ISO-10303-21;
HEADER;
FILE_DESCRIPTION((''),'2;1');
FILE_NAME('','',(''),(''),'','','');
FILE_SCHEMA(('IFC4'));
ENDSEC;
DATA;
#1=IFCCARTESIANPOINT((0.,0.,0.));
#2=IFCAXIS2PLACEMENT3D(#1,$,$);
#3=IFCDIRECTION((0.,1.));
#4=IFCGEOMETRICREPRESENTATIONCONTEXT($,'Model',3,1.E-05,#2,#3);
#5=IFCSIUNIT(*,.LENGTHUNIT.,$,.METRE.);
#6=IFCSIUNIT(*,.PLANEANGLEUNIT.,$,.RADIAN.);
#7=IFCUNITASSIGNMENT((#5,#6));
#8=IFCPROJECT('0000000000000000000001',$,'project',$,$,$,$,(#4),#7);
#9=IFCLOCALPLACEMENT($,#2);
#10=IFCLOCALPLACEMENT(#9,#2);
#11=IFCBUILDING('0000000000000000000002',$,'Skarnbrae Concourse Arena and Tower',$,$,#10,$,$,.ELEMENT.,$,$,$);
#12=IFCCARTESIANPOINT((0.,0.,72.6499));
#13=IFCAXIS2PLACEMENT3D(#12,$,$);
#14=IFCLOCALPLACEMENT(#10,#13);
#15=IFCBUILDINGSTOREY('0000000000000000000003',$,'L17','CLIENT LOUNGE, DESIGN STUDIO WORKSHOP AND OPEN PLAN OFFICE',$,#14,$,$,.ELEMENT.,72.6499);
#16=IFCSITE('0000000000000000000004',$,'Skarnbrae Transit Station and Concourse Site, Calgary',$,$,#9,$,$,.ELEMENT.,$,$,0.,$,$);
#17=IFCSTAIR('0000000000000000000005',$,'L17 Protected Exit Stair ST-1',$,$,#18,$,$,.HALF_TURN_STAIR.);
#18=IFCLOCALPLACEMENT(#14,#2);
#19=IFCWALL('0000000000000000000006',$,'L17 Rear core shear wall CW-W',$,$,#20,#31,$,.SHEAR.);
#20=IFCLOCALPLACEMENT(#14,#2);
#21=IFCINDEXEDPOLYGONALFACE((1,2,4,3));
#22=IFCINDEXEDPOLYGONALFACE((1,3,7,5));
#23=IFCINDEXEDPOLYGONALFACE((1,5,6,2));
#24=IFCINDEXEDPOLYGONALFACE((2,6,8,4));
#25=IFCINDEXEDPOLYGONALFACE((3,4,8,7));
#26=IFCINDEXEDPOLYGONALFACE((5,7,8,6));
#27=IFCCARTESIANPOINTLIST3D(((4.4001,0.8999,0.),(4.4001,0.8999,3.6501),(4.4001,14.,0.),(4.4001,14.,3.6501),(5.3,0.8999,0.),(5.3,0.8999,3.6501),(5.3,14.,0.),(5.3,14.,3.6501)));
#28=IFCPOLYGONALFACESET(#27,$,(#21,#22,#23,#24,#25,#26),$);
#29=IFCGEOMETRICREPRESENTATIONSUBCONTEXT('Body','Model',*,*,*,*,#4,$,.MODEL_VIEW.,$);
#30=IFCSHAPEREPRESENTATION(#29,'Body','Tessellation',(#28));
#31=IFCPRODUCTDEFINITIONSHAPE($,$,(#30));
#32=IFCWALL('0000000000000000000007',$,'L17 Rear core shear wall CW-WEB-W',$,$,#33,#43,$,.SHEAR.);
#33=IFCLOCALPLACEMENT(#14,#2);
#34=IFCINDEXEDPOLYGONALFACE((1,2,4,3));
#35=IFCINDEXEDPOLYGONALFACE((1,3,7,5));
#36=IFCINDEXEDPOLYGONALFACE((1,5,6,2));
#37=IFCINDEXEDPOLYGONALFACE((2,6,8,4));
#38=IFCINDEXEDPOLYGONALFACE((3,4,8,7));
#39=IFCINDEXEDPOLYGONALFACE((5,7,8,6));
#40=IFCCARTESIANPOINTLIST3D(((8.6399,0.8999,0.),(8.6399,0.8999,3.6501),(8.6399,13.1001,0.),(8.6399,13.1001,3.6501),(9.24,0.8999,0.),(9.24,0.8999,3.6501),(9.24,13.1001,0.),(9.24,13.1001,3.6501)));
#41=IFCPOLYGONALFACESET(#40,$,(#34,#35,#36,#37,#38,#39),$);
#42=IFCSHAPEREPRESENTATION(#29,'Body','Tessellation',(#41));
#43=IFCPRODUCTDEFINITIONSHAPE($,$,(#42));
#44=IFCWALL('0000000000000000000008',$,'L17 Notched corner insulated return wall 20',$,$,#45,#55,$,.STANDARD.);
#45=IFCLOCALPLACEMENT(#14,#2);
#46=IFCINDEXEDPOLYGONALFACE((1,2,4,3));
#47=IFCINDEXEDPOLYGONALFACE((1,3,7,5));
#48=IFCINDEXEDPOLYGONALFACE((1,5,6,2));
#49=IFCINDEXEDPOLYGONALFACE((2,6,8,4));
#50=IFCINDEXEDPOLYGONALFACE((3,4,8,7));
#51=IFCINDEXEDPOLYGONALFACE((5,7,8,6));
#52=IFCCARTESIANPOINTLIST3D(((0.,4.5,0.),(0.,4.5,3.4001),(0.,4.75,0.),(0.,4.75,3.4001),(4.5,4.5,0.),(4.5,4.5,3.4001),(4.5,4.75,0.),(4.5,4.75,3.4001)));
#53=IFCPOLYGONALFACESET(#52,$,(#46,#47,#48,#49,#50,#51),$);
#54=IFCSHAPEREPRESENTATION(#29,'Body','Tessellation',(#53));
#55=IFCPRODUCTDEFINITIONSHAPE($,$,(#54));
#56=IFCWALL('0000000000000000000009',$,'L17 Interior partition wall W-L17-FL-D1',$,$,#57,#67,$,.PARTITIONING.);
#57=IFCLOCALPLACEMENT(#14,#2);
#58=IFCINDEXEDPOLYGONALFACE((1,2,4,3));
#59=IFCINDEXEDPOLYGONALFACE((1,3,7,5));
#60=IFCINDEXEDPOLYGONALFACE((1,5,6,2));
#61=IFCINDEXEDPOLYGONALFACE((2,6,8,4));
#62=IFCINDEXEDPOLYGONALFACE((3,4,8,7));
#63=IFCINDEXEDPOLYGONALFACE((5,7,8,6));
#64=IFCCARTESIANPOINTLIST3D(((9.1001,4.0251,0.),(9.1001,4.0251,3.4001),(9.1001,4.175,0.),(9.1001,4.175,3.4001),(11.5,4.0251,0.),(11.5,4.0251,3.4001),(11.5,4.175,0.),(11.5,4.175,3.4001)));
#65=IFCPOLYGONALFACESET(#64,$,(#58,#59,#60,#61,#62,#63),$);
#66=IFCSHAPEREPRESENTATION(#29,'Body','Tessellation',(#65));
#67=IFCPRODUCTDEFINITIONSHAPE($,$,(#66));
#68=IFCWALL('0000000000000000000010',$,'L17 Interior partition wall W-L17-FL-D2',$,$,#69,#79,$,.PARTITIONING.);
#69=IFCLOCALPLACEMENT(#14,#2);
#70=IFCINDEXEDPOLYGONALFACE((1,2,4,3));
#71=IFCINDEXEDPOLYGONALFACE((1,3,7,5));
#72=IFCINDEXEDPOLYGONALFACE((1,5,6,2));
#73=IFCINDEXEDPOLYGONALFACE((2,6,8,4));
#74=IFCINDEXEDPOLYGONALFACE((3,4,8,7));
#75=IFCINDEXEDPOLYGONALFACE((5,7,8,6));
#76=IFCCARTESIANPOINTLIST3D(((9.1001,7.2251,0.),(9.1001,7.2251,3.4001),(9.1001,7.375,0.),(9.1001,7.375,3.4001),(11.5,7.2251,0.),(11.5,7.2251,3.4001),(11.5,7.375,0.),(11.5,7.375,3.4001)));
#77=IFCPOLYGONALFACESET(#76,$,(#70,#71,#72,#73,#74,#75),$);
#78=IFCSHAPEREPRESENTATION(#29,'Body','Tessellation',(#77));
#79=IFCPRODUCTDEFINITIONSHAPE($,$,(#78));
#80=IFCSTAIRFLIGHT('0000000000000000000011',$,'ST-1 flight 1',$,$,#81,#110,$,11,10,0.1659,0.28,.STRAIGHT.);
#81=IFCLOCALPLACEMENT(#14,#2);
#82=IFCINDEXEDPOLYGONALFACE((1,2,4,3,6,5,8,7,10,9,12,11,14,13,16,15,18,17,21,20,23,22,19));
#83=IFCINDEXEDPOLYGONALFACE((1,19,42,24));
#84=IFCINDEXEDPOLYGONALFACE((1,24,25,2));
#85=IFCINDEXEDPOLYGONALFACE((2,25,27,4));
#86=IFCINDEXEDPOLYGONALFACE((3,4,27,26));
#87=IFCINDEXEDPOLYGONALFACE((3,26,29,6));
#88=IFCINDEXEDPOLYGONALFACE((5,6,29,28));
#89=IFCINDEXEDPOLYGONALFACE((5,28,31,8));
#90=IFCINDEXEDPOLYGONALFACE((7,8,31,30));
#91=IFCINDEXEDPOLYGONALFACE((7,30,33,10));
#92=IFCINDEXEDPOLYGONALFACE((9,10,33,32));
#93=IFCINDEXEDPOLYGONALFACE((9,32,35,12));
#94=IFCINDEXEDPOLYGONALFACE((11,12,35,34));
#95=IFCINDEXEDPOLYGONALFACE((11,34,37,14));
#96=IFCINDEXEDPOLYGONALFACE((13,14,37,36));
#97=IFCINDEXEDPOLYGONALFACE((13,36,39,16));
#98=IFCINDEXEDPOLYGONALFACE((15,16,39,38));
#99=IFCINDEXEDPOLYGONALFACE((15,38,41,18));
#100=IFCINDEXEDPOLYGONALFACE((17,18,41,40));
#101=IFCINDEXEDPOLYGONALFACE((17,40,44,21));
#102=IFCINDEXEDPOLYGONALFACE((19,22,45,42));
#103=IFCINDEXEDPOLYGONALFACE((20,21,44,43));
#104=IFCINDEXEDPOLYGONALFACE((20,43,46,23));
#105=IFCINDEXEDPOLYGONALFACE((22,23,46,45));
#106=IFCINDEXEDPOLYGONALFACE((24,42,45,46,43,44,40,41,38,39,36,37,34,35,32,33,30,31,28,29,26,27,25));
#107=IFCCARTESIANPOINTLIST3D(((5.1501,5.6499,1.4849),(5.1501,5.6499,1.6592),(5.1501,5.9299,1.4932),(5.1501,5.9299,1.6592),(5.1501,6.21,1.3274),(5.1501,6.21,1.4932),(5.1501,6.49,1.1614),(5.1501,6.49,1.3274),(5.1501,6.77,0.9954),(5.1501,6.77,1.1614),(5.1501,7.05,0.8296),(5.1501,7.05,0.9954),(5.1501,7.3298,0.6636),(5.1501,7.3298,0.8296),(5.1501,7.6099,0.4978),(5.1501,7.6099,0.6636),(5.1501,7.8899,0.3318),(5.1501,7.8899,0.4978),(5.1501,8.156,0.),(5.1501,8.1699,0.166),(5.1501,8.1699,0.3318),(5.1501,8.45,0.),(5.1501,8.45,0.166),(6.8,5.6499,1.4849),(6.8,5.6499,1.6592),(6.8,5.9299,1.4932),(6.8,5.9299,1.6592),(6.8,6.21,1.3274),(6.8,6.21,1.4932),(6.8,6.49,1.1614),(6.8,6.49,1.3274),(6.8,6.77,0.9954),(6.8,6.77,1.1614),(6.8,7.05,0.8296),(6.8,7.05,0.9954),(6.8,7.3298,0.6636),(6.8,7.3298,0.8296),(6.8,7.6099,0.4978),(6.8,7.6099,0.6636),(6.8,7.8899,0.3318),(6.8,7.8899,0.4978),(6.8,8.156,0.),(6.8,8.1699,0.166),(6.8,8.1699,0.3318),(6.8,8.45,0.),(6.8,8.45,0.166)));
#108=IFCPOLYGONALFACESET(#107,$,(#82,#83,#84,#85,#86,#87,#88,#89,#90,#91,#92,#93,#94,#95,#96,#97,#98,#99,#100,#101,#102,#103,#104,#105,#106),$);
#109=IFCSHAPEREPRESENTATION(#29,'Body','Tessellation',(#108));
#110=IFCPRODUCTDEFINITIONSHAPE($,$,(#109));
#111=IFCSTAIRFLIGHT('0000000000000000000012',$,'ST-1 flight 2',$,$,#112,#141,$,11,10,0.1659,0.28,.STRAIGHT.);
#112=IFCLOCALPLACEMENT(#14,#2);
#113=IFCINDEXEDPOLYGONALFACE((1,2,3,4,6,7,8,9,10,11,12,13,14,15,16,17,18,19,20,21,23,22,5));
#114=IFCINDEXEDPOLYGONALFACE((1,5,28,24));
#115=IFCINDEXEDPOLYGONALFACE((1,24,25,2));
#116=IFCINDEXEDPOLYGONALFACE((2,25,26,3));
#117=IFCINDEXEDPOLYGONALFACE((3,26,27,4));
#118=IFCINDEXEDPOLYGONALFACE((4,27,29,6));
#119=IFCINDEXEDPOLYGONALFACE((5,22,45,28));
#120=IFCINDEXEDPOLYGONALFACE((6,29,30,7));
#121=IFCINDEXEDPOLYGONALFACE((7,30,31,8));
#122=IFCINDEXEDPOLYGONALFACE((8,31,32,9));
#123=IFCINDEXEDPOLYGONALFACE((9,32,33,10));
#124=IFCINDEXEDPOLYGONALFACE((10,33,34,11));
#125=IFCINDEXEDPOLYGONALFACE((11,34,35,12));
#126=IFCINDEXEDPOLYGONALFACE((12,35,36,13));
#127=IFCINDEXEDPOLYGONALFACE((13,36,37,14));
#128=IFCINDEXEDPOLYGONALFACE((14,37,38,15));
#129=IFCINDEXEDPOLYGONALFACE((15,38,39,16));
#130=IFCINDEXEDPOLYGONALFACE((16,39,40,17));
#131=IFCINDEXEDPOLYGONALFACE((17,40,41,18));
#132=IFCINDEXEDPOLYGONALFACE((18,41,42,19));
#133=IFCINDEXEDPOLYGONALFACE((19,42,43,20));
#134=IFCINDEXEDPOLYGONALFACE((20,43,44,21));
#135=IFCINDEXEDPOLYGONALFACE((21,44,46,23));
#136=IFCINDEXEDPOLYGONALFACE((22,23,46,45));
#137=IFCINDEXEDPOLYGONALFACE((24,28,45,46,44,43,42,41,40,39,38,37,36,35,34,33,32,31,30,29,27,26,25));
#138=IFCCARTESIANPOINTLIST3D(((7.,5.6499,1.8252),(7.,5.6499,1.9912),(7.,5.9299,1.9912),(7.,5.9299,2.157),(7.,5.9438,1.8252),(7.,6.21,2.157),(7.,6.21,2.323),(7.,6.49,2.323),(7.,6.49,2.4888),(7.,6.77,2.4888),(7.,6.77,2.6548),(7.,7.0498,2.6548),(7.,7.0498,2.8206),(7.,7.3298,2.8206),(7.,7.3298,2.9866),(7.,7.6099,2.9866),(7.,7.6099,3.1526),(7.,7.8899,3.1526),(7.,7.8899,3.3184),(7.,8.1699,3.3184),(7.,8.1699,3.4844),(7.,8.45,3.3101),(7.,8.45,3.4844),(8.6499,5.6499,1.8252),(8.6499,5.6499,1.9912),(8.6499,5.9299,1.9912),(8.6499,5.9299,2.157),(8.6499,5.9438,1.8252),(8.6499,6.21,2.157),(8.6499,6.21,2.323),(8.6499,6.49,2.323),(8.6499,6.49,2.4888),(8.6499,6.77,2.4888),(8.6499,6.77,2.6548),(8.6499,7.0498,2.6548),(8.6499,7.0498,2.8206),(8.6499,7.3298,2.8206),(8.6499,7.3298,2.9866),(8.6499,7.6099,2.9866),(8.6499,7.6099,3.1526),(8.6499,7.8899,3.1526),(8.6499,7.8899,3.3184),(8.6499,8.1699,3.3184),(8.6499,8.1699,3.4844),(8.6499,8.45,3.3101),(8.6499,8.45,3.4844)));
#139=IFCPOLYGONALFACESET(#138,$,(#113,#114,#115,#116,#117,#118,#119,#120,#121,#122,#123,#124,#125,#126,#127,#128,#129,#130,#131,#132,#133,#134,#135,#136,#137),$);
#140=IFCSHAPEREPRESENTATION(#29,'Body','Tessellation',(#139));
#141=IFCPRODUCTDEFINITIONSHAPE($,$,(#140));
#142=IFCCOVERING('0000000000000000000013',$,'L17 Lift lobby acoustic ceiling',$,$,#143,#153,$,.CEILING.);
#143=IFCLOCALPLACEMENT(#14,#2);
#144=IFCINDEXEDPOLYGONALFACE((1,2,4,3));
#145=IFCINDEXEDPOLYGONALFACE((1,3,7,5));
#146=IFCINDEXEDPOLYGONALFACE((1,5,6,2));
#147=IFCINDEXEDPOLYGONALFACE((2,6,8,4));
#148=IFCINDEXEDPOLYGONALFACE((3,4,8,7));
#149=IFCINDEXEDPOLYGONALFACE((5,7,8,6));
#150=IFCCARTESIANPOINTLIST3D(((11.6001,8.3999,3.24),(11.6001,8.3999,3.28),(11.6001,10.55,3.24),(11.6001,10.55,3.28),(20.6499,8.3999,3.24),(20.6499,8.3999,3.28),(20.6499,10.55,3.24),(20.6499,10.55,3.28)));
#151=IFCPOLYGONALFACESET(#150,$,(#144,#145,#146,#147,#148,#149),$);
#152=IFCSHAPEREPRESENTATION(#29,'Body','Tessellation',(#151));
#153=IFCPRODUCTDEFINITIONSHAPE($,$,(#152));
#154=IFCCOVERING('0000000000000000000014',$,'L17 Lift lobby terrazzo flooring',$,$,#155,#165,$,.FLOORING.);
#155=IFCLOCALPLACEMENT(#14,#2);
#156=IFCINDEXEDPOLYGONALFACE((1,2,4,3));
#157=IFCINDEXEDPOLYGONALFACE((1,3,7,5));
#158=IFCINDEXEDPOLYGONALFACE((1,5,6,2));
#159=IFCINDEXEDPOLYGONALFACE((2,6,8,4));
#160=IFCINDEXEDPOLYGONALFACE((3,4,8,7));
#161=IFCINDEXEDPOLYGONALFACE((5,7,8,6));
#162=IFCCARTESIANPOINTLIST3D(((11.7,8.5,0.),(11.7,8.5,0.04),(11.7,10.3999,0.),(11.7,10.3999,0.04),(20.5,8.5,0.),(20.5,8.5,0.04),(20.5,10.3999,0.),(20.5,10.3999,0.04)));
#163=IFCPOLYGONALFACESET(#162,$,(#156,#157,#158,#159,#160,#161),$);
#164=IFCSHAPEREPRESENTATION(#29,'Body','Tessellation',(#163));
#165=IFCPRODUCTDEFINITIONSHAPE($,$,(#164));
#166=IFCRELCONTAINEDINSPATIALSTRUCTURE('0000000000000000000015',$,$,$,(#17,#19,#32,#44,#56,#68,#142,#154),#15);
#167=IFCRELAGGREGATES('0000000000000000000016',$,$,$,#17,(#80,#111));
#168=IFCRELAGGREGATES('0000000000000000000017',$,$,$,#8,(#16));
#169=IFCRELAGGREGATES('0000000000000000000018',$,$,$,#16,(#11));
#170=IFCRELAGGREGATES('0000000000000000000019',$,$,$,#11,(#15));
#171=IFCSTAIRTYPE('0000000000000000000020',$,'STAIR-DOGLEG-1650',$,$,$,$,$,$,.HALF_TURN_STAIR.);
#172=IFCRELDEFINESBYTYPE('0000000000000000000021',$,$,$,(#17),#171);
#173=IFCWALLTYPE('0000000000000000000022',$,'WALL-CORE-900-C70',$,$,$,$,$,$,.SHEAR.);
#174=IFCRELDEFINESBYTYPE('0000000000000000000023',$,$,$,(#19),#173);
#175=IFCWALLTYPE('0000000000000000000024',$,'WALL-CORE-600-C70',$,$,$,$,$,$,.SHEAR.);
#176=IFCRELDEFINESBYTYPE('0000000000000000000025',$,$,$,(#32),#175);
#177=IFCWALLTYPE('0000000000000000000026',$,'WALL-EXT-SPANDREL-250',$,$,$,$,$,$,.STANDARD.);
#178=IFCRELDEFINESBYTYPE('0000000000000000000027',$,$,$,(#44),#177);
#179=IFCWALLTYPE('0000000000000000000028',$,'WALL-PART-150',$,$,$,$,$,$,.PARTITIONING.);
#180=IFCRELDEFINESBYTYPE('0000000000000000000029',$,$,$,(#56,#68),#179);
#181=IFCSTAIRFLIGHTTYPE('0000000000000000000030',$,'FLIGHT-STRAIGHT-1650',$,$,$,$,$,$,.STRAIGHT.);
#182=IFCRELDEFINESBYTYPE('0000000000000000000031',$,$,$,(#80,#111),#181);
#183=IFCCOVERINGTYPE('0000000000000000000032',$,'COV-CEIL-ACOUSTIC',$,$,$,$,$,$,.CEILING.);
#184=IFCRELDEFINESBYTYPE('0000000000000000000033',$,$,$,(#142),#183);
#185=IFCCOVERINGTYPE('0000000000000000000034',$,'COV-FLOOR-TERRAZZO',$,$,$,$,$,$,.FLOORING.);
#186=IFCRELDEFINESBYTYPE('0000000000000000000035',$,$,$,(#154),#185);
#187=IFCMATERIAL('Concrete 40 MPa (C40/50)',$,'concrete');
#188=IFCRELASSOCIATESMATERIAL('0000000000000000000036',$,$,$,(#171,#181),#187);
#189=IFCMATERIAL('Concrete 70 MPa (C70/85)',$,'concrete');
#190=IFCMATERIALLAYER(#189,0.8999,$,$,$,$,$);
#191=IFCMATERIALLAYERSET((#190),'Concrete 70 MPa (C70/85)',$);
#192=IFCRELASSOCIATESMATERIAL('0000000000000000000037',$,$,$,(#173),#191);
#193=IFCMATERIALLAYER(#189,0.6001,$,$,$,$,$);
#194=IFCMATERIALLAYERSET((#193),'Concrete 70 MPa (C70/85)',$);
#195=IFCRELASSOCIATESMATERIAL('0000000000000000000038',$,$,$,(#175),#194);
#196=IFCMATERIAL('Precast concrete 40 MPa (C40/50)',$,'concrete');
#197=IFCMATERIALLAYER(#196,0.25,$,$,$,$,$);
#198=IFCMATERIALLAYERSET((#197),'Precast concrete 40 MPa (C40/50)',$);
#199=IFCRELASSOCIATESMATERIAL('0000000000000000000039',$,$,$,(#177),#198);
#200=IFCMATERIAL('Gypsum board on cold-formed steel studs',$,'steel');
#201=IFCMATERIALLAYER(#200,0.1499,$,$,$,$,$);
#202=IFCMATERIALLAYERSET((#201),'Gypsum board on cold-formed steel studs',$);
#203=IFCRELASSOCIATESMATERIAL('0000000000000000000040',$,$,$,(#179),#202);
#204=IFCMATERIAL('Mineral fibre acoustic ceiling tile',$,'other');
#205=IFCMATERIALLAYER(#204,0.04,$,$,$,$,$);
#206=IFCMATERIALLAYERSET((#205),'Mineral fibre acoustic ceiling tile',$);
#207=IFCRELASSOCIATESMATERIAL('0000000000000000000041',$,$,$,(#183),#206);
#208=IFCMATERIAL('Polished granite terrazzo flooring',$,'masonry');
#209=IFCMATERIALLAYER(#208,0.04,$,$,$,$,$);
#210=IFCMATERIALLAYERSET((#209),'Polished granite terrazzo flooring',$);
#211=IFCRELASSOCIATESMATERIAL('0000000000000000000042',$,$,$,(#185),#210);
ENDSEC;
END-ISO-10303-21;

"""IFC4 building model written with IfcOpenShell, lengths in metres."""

from ifc_helpers import new_model, si_unit, direction, frame, frame_2d, origin, place, context, subcontext, project, spatial, polyline, rectangle, outline, extrude, source, transform, mapped, material, layer, layer_set, type_object, element, aggregate, save


model = new_model("IFC4")

# Units and contexts
model_context = context("Model", 3, precision=1e-05, world=origin(), true_north=direction((0.0, 1.0)))
body_context = subcontext(model_context, "Body", "Model", "MODEL_VIEW")
ifc_project = project(units=[si_unit("LENGTHUNIT", "METRE"), si_unit("PLANEANGLEUNIT", "RADIAN")], contexts=[model_context])

# Site, building, storey
site_placement = place(None, origin())
site = spatial("IfcSite", under=ifc_project, at=site_placement, Name="Skarnbrae Transit Station and Concourse Site, Calgary", CompositionType="ELEMENT", RefElevation=0.0)
building_placement = place(site_placement, origin())
building = spatial("IfcBuilding", under=site, at=building_placement, Name="Skarnbrae Concourse Arena and Tower", CompositionType="ELEMENT")
storey_placement = place(building_placement, frame((0.0, 0.0, 72.6499)))
storey = spatial("IfcBuildingStorey", under=building, at=storey_placement, Name="L17", Description="CLIENT LOUNGE, DESIGN STUDIO WORKSHOP AND OPEN PLAN OFFICE", CompositionType="ELEMENT", Elevation=72.6499)

# Stair
ifc_material_1 = material(Name="Concrete 40 MPa (C40/50)", Category="concrete")
stair_type = type_object("IfcStairType", Name="STAIR-DOGLEG-1650", PredefinedType="HALF_TURN_STAIR", material=ifc_material_1)
stair_1_placement = place(storey_placement, origin())
stair_1 = element("IfcStair", 1, at=stair_1_placement, inside=storey, type_object=stair_type, Name="L17 Protected Exit Stair ST-1", PredefinedType="HALF_TURN_STAIR")

# Walls
ifc_material_2 = material(Name="Concrete 70 MPa (C70/85)", Category="concrete")
ifc_layer_1 = layer(ifc_material_2, 0.8999)
ifc_layer_set_1 = layer_set([ifc_layer_1], Name="Concrete 70 MPa (C70/85)")
wall_type_1 = type_object("IfcWallType", Name="WALL-CORE-900-C70", PredefinedType="SHEAR", material=ifc_layer_set_1)
shared_shape_1 = source(origin(), body_context, "Body", "SweptSolid", [
    extrude(rectangle(XDim=13.1001, YDim=0.8999, at=frame_2d((6.55, 0.0))), origin(), (0.0, 0.0, 1.0), 3.6501),
])
wall_1_placement = place(storey_placement, frame((4.8501, 0.8999, 0.0), z_axis=(0.0, 0.0, 1.0), x_axis=(0.0, 1.0, 0.0)))
element("IfcWall", 2, at=wall_1_placement, inside=storey, type_object=wall_type_1, Name="L17 Rear core shear wall CW-W", PredefinedType="SHEAR", context=body_context, shape_type="MappedRepresentation", body=[
    mapped(shared_shape_1, transform((0.0, 0.0, 0.0))),
])
ifc_layer_2 = layer(ifc_material_2, 0.6001)
ifc_layer_set_2 = layer_set([ifc_layer_2], Name="Concrete 70 MPa (C70/85)")
wall_type_2 = type_object("IfcWallType", Name="WALL-CORE-600-C70", PredefinedType="SHEAR", material=ifc_layer_set_2)
shared_shape_2 = source(origin(), body_context, "Body", "SweptSolid", [
    extrude(rectangle(XDim=12.2002, YDim=0.6001, at=frame_2d((6.1001, 0.0))), origin(), (0.0, 0.0, 1.0), 3.6501),
])
wall_2_placement = place(storey_placement, frame((8.9399, 0.8999, 0.0), z_axis=(0.0, 0.0, 1.0), x_axis=(0.0, 1.0, 0.0)))
element("IfcWall", 3, at=wall_2_placement, inside=storey, type_object=wall_type_2, Name="L17 Rear core shear wall CW-WEB-W", PredefinedType="SHEAR", context=body_context, shape_type="MappedRepresentation", body=[
    mapped(shared_shape_2, transform((0.0, 0.0, 0.0))),
])

# Walls
ifc_material_3 = material(Name="Precast concrete 40 MPa (C40/50)", Category="concrete")
ifc_layer_3 = layer(ifc_material_3, 0.25)
ifc_layer_set_3 = layer_set([ifc_layer_3], Name="Precast concrete 40 MPa (C40/50)")
wall_type_3 = type_object("IfcWallType", Name="WALL-EXT-SPANDREL-250", PredefinedType="STANDARD", material=ifc_layer_set_3)
shared_shape_3 = source(origin(), body_context, "Body", "SweptSolid", [
    extrude(rectangle(XDim=4.5, YDim=0.25, at=frame_2d((2.25, 0.0))), origin(), (0.0, 0.0, 1.0), 3.4001),
])
wall_3_placement = place(storey_placement, frame((0.0, 4.625, 0.0), z_axis=(0.0, 0.0, 1.0), x_axis=(1.0, 0.0, 0.0)))
element("IfcWall", 4, at=wall_3_placement, inside=storey, type_object=wall_type_3, Name="L17 Notched corner insulated return wall 20", PredefinedType="STANDARD", context=body_context, shape_type="MappedRepresentation", body=[
    mapped(shared_shape_3, transform((0.0, 0.0, 0.0))),
])
ifc_material_4 = material(Name="Gypsum board on cold-formed steel studs", Category="steel")
ifc_layer_4 = layer(ifc_material_4, 0.1499)
ifc_layer_set_4 = layer_set([ifc_layer_4], Name="Gypsum board on cold-formed steel studs")
wall_type_4 = type_object("IfcWallType", Name="WALL-PART-150", PredefinedType="PARTITIONING", material=ifc_layer_set_4)
shared_shape_4 = source(origin(), body_context, "Body", "SweptSolid", [
    extrude(rectangle(XDim=2.3999, YDim=0.1499, at=frame_2d((1.2, 0.0))), origin(), (0.0, 0.0, 1.0), 3.4001),
])
for number, where, z_axis, x_axis, name in (
    (5, (9.1001, 4.1001, 0.0), (0.0, 0.0, 1.0), (1.0, 0.0, 0.0), "L17 Interior partition wall W-L17-FL-D1"),
    (6, (9.1001, 7.3, 0.0), (0.0, 0.0, 1.0), (1.0, 0.0, 0.0), "L17 Interior partition wall W-L17-FL-D2"),
):
    element("IfcWall", number, at=place(storey_placement, frame(where, z_axis=z_axis, x_axis=x_axis)), inside=storey, type_object=wall_type_4, Name=name, PredefinedType="PARTITIONING", context=body_context, shape_type="MappedRepresentation", body=[
        mapped(shared_shape_4, transform((0.0, 0.0, 0.0))),
    ])

# Stair flights
stair_flight_type = type_object("IfcStairFlightType", Name="FLIGHT-STRAIGHT-1650", PredefinedType="STRAIGHT", material=ifc_material_1)
shared_shape_5 = source(origin(), body_context, "Body", "SweptSolid", [
    extrude(outline(polyline([(0.0, 0.0), (0.0, 0.166), (0.28, 0.166), (0.28, 0.3318), (0.5601, 0.3318), (0.5601, 0.4978), (0.8401, 0.4978), (0.8401, 0.6636), (1.1201, 0.6636), (1.1201, 0.8296), (1.3999, 0.8296), (1.3999, 0.9954), (1.6799, 0.9954), (1.6799, 1.1614), (1.96, 1.1614), (1.96, 1.3274), (2.24, 1.3274), (2.24, 1.4932), (2.52, 1.4932), (2.52, 1.6592), (2.8, 1.6592), (2.8, 1.825), (2.8, 1.4849), (0.2939, 0.0), (0.0, 0.0)])), frame((0.0, 0.825, 0.0), z_axis=(0.0, -1.0, 0.0), x_axis=(1.0, 0.0, 0.0)), (0.0, 0.0, 1.0), 1.6499),
])
stair_flight_1_placement = place(storey_placement, frame((5.9751, 8.45, 0.0), z_axis=(0.0, 0.0, 1.0), x_axis=(0.0, -1.0, 0.0)))
stair_flight_1 = element("IfcStairFlight", 7, at=stair_flight_1_placement, type_object=stair_flight_type, Name="ST-1 flight 1", NumberOfRisers=11, NumberOfTreads=10, PredefinedType="STRAIGHT", RiserHeight=0.1659, TreadLength=0.28, context=body_context, shape_type="MappedRepresentation", body=[
    mapped(shared_shape_5, transform((0.0, 0.0, 0.0))),
])
stair_flight_2_placement = place(storey_placement, frame((7.825, 5.6499, 1.8252), z_axis=(0.0, 0.0, 1.0), x_axis=(0.0, 1.0, 0.0)))
stair_flight_2 = element("IfcStairFlight", 8, at=stair_flight_2_placement, type_object=stair_flight_type, Name="ST-1 flight 2", NumberOfRisers=11, NumberOfTreads=10, PredefinedType="STRAIGHT", RiserHeight=0.1659, TreadLength=0.28, context=body_context, shape_type="MappedRepresentation", body=[
    mapped(shared_shape_5, transform((0.0, 0.0, 0.0))),
])
aggregate(stair_1, [stair_flight_1, stair_flight_2])

# Coverings
ifc_material_5 = material(Name="Mineral fibre acoustic ceiling tile", Category="other")
ifc_layer_5 = layer(ifc_material_5, 0.04)
ifc_layer_set_5 = layer_set([ifc_layer_5], Name="Mineral fibre acoustic ceiling tile")
covering_type_1 = type_object("IfcCoveringType", Name="COV-CEIL-ACOUSTIC", PredefinedType="CEILING", material=ifc_layer_set_5)
covering_1_placement = place(storey_placement, frame((0.0, 0.0, 3.24)))
element("IfcCovering", 9, at=covering_1_placement, inside=storey, type_object=covering_type_1, Name="L17 Lift lobby acoustic ceiling", PredefinedType="CEILING", context=body_context, shape_type="SweptSolid", body=[
    extrude(outline(polyline([(11.6001, 8.3999), (20.6499, 8.3999), (20.6499, 10.55), (11.6001, 10.55), (11.6001, 8.3999)])), origin(), (0.0, 0.0, 1.0), 0.04),
])
ifc_material_6 = material(Name="Polished granite terrazzo flooring", Category="masonry")
ifc_layer_6 = layer(ifc_material_6, 0.04)
ifc_layer_set_6 = layer_set([ifc_layer_6], Name="Polished granite terrazzo flooring")
covering_type_2 = type_object("IfcCoveringType", Name="COV-FLOOR-TERRAZZO", PredefinedType="FLOORING", material=ifc_layer_set_6)
covering_2_placement = place(storey_placement, origin())
element("IfcCovering", 10, at=covering_2_placement, inside=storey, type_object=covering_type_2, Name="L17 Lift lobby terrazzo flooring", PredefinedType="FLOORING", context=body_context, shape_type="SweptSolid", body=[
    extrude(outline(polyline([(11.7, 8.5), (20.5, 8.5), (20.5, 10.3999), (11.7, 10.3999), (11.7, 8.5)])), origin(), (0.0, 0.0, 1.0), 0.04),
])

save(model, "model.ifc")
